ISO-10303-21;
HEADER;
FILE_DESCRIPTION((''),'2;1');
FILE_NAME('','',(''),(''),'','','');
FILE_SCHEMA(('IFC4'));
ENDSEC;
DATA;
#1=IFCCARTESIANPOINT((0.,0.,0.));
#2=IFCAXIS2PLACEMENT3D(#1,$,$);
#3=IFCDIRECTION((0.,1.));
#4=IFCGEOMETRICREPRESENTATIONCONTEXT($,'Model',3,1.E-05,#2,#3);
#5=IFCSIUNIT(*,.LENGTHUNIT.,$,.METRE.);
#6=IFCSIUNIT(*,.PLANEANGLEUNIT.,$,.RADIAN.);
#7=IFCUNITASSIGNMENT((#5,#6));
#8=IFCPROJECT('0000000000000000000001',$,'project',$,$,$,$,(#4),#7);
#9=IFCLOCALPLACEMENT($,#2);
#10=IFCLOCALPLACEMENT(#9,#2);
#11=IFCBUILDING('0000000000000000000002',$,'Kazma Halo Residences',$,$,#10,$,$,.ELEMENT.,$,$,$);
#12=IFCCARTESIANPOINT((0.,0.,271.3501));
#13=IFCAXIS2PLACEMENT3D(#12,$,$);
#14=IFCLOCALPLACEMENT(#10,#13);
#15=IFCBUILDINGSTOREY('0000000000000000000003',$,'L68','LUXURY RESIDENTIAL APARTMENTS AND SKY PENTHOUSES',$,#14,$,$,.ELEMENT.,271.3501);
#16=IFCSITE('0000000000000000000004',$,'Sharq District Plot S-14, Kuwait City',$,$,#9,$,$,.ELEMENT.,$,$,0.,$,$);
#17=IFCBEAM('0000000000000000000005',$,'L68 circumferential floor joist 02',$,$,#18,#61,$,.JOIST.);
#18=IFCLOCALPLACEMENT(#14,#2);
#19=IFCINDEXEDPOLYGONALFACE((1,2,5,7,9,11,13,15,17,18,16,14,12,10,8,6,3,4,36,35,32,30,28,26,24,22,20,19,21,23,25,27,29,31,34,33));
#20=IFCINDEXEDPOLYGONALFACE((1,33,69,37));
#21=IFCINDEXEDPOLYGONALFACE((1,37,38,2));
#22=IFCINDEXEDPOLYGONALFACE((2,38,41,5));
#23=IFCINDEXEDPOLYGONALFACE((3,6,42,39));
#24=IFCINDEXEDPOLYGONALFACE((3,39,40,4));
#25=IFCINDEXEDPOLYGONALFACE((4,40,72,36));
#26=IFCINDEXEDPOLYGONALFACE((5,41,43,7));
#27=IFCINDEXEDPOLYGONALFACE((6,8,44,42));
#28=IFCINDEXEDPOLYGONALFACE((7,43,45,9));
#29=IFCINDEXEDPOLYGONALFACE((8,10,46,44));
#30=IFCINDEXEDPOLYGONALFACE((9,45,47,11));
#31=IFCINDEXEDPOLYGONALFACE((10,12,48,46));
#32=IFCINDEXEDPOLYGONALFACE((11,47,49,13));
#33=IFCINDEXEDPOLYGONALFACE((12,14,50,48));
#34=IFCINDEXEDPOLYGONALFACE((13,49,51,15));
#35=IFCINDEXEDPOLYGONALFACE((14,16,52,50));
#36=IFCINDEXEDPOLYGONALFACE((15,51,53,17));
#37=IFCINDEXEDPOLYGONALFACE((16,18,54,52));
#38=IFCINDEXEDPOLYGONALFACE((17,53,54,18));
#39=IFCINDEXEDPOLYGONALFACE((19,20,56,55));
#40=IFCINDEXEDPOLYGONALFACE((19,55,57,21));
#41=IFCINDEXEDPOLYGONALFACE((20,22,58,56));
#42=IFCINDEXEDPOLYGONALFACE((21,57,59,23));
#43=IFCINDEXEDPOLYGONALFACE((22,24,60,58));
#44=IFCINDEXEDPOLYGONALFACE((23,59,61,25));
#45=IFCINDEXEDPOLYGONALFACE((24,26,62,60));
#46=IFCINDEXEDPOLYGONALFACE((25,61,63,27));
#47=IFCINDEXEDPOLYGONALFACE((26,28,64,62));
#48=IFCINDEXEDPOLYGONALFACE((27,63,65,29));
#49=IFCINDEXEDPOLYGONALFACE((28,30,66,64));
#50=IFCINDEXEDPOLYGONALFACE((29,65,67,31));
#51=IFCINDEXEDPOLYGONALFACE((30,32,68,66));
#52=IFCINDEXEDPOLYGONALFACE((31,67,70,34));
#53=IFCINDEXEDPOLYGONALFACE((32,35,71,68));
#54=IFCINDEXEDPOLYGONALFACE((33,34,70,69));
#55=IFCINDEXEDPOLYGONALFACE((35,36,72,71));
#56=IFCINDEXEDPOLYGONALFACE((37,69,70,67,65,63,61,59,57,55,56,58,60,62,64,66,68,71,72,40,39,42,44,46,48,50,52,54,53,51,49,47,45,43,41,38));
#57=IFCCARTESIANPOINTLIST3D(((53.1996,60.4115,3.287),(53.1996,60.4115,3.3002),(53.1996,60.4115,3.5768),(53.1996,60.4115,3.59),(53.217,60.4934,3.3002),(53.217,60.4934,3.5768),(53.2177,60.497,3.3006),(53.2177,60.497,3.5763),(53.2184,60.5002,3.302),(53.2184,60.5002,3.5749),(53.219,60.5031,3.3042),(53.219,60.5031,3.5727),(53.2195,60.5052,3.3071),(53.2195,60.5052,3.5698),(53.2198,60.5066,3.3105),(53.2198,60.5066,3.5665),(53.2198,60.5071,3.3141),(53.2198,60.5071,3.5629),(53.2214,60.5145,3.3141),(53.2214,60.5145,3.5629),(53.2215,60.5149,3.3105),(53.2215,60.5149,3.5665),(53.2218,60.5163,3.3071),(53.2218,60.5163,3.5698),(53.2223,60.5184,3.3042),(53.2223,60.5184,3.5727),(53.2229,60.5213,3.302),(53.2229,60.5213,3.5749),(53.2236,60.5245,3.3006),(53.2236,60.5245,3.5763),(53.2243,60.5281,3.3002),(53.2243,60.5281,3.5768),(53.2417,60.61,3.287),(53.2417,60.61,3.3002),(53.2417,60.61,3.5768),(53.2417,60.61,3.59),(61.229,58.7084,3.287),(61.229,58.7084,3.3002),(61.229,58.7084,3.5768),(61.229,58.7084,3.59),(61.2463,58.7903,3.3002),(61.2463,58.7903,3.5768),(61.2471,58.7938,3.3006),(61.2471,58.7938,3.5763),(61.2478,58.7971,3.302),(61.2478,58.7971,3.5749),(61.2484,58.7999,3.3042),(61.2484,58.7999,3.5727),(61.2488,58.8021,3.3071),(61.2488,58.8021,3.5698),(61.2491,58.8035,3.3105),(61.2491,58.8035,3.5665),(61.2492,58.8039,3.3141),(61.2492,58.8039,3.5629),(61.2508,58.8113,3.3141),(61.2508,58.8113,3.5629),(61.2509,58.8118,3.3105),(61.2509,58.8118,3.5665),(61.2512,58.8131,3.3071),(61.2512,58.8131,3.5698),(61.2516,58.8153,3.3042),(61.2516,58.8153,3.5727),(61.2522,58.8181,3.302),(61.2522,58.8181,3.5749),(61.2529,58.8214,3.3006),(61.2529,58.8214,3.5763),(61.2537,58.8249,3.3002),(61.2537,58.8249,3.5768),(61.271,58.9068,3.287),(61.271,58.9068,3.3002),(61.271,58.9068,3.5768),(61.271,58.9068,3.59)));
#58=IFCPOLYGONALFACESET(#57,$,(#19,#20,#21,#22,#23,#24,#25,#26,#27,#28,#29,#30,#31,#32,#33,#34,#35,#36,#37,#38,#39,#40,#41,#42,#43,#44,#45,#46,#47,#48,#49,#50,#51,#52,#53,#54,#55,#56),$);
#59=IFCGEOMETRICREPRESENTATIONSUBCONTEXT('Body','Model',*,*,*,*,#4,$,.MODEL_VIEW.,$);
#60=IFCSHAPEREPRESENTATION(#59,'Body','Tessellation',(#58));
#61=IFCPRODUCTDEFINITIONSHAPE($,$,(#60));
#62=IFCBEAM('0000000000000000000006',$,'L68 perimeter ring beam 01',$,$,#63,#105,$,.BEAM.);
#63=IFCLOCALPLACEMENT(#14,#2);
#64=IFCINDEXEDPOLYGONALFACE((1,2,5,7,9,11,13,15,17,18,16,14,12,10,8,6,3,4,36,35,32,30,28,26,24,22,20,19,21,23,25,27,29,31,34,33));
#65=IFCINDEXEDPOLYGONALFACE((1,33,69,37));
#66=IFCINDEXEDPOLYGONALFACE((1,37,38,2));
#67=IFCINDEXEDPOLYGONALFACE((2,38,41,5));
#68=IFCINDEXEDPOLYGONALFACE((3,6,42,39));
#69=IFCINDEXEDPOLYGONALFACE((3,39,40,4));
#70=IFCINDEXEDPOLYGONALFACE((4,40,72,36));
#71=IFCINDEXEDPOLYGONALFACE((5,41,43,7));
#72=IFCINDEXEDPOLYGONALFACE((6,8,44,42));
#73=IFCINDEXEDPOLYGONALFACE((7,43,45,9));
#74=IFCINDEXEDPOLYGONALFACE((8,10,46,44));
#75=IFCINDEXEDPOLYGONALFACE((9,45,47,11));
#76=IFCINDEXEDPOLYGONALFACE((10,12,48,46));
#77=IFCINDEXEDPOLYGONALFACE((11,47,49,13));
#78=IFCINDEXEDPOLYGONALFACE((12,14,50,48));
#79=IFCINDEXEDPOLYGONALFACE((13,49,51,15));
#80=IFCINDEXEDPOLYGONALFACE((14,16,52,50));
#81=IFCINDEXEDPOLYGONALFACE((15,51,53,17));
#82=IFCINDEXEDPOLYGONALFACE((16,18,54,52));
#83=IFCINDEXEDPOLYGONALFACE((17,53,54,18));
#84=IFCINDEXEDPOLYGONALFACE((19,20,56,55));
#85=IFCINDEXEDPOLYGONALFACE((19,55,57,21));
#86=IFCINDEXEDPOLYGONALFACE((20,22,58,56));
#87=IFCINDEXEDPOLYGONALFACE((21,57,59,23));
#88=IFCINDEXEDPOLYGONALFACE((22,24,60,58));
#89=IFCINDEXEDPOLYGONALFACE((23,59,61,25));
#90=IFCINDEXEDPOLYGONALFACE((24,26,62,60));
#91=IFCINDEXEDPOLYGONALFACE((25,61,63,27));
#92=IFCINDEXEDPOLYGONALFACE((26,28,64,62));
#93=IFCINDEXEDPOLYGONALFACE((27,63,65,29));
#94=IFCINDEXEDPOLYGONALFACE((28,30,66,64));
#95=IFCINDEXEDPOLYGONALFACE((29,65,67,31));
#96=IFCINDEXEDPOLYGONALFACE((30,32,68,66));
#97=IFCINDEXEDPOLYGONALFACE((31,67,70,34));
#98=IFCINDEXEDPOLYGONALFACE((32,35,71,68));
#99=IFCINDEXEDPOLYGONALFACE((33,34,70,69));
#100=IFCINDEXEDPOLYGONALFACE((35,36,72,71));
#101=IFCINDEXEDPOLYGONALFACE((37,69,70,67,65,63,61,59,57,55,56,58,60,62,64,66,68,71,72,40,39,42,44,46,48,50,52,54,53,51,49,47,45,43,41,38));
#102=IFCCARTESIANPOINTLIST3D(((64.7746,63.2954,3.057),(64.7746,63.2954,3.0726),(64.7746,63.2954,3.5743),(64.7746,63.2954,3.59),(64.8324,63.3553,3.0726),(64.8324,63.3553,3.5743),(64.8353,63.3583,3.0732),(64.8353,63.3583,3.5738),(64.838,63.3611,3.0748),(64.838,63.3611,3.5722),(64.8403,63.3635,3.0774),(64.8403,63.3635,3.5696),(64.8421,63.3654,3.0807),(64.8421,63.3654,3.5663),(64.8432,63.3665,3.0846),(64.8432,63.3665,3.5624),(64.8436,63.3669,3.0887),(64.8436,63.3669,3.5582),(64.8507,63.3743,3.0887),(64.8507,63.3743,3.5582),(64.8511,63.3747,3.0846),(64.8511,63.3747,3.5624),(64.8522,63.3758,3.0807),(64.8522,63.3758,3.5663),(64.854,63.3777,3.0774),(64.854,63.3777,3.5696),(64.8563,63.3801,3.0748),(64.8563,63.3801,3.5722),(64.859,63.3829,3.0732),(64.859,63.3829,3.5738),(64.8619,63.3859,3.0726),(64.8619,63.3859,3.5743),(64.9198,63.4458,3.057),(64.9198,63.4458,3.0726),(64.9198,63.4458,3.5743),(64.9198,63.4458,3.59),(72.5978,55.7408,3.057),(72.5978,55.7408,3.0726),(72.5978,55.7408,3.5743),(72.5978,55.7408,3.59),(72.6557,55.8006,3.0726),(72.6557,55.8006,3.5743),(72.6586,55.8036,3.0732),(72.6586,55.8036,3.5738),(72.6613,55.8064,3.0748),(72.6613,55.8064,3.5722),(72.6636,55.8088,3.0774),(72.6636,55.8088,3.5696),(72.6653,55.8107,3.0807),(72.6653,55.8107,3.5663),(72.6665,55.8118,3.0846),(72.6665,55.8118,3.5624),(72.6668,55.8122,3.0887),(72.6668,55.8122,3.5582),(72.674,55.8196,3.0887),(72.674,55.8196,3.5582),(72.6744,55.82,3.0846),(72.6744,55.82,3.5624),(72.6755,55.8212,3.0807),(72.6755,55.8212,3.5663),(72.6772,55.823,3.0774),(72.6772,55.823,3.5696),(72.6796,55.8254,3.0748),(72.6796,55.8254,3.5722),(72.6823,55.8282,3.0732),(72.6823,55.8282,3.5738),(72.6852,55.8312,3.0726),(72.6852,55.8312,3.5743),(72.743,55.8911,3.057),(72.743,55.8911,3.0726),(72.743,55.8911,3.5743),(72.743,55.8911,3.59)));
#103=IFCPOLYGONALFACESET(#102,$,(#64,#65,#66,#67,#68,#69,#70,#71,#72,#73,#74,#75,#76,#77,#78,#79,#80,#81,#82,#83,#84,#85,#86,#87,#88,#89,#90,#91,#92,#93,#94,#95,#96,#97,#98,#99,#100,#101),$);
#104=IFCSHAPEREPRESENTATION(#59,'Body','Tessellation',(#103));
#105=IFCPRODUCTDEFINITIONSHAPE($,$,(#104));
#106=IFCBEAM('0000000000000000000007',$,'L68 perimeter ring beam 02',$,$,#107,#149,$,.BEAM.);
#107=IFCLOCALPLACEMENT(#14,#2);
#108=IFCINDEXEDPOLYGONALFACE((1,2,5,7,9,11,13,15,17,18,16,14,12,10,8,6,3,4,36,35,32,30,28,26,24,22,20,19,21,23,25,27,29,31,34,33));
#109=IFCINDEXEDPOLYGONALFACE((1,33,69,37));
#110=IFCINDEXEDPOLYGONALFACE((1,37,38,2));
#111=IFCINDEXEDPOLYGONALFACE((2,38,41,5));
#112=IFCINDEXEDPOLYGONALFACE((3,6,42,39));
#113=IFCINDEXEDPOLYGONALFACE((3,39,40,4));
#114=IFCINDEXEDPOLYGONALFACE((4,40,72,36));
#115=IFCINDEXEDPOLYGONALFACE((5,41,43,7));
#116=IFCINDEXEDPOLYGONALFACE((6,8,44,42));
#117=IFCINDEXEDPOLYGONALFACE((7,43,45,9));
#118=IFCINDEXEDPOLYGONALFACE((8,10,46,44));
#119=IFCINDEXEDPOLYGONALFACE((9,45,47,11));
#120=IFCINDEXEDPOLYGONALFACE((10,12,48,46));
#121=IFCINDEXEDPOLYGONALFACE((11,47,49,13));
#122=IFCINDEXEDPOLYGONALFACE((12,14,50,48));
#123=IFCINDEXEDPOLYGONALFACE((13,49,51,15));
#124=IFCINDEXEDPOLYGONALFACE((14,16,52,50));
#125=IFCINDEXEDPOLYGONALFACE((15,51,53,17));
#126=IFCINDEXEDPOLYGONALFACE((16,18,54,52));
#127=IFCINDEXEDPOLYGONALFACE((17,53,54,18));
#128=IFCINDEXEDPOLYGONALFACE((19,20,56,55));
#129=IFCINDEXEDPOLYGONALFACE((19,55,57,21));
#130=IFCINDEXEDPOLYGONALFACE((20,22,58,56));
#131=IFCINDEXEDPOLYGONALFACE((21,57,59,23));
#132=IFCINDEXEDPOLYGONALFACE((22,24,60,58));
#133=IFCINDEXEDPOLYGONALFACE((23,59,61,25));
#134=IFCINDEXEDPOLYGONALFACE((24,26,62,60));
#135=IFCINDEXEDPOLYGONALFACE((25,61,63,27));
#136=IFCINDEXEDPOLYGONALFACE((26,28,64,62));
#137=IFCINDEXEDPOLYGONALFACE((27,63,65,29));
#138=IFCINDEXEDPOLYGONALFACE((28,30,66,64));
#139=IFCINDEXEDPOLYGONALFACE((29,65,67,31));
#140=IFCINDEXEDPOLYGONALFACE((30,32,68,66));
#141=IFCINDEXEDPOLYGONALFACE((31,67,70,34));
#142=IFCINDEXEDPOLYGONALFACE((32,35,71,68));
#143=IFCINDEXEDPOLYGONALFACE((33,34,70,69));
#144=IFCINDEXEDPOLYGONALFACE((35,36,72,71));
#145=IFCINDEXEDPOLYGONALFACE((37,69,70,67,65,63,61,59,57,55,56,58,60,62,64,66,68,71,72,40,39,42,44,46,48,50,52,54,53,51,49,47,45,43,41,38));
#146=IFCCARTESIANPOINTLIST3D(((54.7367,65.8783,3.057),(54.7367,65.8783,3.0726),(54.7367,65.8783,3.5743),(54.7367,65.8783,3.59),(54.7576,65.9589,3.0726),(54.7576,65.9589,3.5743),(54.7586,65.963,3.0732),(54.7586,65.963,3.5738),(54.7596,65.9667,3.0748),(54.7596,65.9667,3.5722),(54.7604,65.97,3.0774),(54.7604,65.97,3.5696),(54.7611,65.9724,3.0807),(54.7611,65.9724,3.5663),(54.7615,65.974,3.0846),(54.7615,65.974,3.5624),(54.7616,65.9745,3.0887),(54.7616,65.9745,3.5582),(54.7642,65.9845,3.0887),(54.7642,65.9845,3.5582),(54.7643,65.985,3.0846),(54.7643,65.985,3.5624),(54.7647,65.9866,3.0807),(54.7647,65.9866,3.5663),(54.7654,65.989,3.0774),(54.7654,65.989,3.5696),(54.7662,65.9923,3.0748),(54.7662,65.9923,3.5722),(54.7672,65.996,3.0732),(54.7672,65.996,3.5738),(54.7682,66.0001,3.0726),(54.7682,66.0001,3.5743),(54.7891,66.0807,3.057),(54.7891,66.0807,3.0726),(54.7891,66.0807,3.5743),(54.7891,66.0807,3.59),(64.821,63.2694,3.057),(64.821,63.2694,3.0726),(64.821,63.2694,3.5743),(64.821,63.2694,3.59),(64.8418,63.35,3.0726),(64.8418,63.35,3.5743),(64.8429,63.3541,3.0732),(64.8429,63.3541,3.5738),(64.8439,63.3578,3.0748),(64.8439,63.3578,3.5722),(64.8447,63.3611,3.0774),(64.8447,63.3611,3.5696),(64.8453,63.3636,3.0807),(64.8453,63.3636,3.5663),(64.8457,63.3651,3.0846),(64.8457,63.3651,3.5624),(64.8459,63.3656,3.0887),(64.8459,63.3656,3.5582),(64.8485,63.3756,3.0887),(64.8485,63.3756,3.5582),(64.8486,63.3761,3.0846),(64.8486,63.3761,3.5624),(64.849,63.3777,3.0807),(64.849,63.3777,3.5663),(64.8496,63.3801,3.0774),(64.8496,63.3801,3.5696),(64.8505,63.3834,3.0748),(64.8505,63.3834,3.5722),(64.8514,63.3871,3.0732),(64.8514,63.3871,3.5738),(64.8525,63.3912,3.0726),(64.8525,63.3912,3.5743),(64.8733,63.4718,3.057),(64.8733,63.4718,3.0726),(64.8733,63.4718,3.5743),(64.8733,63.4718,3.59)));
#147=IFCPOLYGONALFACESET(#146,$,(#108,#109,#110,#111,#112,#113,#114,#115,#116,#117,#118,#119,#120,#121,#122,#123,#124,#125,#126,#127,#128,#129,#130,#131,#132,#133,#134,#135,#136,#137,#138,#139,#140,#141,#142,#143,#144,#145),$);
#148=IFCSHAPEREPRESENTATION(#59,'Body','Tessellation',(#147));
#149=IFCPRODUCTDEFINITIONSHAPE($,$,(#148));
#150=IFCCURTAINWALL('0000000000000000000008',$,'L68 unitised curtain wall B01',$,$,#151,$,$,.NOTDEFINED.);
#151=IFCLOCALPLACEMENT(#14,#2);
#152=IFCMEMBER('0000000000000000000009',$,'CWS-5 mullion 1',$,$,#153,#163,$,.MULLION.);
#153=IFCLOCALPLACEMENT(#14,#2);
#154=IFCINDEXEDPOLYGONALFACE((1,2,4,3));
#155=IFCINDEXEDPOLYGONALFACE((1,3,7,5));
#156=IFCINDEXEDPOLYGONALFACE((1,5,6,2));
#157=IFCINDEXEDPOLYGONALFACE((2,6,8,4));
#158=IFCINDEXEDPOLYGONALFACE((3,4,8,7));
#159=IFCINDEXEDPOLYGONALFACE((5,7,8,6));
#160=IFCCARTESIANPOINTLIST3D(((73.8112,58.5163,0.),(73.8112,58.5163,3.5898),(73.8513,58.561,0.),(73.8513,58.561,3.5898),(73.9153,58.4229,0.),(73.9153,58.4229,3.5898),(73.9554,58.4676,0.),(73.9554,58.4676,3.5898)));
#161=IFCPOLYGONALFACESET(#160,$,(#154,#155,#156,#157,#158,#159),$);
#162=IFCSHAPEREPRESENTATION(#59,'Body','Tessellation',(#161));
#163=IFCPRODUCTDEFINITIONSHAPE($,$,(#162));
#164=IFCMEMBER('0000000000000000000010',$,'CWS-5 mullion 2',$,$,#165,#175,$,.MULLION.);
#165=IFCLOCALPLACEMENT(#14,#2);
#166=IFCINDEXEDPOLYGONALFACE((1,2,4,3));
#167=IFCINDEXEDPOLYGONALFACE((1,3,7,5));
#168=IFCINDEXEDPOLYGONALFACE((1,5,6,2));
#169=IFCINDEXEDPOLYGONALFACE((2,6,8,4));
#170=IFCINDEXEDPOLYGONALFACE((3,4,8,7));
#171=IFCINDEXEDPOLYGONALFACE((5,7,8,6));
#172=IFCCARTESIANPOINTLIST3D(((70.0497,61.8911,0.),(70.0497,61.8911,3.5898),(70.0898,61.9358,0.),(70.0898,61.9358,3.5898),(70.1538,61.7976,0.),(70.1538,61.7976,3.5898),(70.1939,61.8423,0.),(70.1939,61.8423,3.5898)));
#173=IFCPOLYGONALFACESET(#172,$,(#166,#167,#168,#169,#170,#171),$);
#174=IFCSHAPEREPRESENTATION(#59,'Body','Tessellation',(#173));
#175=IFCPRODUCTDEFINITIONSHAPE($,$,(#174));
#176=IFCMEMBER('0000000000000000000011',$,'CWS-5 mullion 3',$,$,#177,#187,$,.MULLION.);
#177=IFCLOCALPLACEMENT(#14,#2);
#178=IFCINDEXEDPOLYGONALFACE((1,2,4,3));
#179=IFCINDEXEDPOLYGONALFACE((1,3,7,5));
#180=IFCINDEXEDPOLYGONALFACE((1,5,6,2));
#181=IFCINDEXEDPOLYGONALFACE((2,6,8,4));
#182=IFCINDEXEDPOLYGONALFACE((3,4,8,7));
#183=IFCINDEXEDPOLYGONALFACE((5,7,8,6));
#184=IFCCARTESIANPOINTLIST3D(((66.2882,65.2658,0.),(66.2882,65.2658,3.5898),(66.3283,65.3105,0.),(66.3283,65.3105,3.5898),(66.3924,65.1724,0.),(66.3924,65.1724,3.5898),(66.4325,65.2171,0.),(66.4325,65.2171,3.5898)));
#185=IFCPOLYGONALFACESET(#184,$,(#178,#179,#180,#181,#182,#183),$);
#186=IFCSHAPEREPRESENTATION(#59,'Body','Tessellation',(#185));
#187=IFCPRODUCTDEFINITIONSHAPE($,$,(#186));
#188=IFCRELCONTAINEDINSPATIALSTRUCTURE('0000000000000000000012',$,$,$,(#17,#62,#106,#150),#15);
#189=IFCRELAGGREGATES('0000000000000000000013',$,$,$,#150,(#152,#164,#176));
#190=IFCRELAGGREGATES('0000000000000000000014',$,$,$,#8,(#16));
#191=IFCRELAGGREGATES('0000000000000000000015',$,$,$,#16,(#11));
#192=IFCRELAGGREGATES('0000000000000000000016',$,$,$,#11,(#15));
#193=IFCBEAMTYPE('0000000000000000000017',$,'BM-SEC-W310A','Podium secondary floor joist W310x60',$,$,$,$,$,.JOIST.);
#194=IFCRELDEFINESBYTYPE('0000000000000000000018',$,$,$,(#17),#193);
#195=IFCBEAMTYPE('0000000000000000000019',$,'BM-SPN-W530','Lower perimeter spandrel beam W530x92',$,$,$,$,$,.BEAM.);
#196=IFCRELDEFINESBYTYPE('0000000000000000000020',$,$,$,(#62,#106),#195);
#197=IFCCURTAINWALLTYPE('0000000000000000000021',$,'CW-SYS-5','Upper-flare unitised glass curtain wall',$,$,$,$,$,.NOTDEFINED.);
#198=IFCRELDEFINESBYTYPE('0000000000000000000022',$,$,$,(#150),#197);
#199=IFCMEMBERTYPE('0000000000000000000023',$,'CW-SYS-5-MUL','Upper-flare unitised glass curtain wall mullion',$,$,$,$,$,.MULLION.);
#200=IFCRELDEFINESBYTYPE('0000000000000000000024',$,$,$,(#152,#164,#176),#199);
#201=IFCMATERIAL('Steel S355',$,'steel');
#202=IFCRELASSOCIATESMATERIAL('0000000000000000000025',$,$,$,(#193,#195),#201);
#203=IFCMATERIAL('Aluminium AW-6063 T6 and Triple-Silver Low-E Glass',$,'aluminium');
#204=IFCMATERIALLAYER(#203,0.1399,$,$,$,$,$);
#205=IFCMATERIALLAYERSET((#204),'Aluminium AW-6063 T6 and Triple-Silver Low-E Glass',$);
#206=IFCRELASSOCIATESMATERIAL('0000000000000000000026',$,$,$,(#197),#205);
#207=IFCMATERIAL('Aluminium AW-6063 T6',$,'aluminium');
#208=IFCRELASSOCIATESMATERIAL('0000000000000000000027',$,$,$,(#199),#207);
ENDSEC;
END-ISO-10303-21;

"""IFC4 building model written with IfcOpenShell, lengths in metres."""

from ifc_helpers import new_model, si_unit, direction, frame, origin, origin_2d, place, context, subcontext, project, spatial, rectangle, i_section, extrude, material, layer, layer_set, material_profile, profile_set, type_object, element, aggregate, save


model = new_model("IFC4")

# Units and contexts
model_context = context("Model", 3, precision=1e-05, world=origin(), true_north=direction((0.0, 1.0)))
body_context = subcontext(model_context, "Body", "Model", "MODEL_VIEW")
ifc_project = project(units=[si_unit("LENGTHUNIT", "METRE"), si_unit("PLANEANGLEUNIT", "RADIAN")], contexts=[model_context])

# Site, building, storey
site_placement = place(None, origin())
site = spatial("IfcSite", under=ifc_project, at=site_placement, Name="Sharq District Plot S-14, Kuwait City", CompositionType="ELEMENT", RefElevation=0.0)
building_placement = place(site_placement, origin())
building = spatial("IfcBuilding", under=site, at=building_placement, Name="Kazma Halo Residences", CompositionType="ELEMENT")
storey_placement = place(building_placement, frame((0.0, 0.0, 271.3501)))
storey = spatial("IfcBuildingStorey", under=building, at=storey_placement, Name="L68", Description="LUXURY RESIDENTIAL APARTMENTS AND SKY PENTHOUSES", CompositionType="ELEMENT", Elevation=271.3501)

# Beams
ifc_material_1 = material(Name="Steel S355", Category="steel")
ifc_material_profile_1 = material_profile(ifc_material_1, i_section(OverallWidth=0.2029, OverallDepth=0.303, WebThickness=0.0076, FlangeThickness=0.0132, FilletRadius=0.0139, at=origin_2d()), Name="W310x60")
ifc_profile_set_1 = profile_set([ifc_material_profile_1], Name="Steel S355")
beam_type_1 = type_object("IfcBeamType", Name="BM-SEC-W310A", Description="Podium secondary floor joist W310x60", PredefinedType="JOIST", material=ifc_profile_set_1)
beam_1_placement = place(storey_placement, frame((61.25, 58.8076, 3.4385), z_axis=(-0.978236, 0.207497, 0.0), x_axis=(-0.207497, -0.978236, 0.0)))
element("IfcBeam", 1, at=beam_1_placement, inside=storey, type_object=beam_type_1, Name="L68 circumferential floor joist 02", PredefinedType="JOIST", context=body_context, shape_type="SweptSolid", body=[
    extrude(i_section(OverallWidth=0.2029, OverallDepth=0.303, WebThickness=0.0076, FlangeThickness=0.0132, FilletRadius=0.0139, at=origin_2d()), origin(), (0.0, 0.0, 1.0), 8.208),
])
ifc_material_profile_2 = material_profile(ifc_material_1, i_section(OverallWidth=0.209, OverallDepth=0.533, WebThickness=0.0103, FlangeThickness=0.0156, FilletRadius=0.0161, at=origin_2d()), Name="W530x92")
ifc_profile_set_2 = profile_set([ifc_material_profile_2], Name="Steel S355")
beam_type_2 = type_object("IfcBeamType", Name="BM-SPN-W530", Description="Lower perimeter spandrel beam W530x92", PredefinedType="BEAM", material=ifc_profile_set_2)
beam_2_placement = place(storey_placement, frame((72.6704, 55.8159, 3.3235), z_axis=(-0.719346, 0.694652, 0.0), x_axis=(-0.694652, -0.719346, 0.0)))
element("IfcBeam", 2, at=beam_2_placement, inside=storey, type_object=beam_type_2, Name="L68 perimeter ring beam 01", PredefinedType="BEAM", context=body_context, shape_type="SweptSolid", body=[
    extrude(i_section(OverallWidth=0.209, OverallDepth=0.533, WebThickness=0.0103, FlangeThickness=0.0156, FilletRadius=0.0161, at=origin_2d()), origin(), (0.0, 0.0, 1.0), 10.8755),
])
beam_3_placement = place(storey_placement, frame((64.8472, 63.3706, 3.3235), z_axis=(-0.968126, 0.250464, 0.0), x_axis=(-0.250464, -0.968126, 0.0)))
element("IfcBeam", 3, at=beam_3_placement, inside=storey, type_object=beam_type_2, Name="L68 perimeter ring beam 02", PredefinedType="BEAM", context=body_context, shape_type="SweptSolid", body=[
    extrude(i_section(OverallWidth=0.209, OverallDepth=0.533, WebThickness=0.0103, FlangeThickness=0.0156, FilletRadius=0.0161, at=origin_2d()), origin(), (0.0, 0.0, 1.0), 10.4163),
])

# Curtain wall, members
ifc_material_2 = material(Name="Aluminium AW-6063 T6 and Triple-Silver Low-E Glass", Category="aluminium")
ifc_layer_1 = layer(ifc_material_2, 0.1399)
ifc_layer_set_1 = layer_set([ifc_layer_1], Name="Aluminium AW-6063 T6 and Triple-Silver Low-E Glass")
curtain_wall_type = type_object("IfcCurtainWallType", Name="CW-SYS-5", Description="Upper-flare unitised glass curtain wall", PredefinedType="NOTDEFINED", material=ifc_layer_set_1)
curtain_wall_1_placement = place(storey_placement, origin())
curtain_wall_1 = element("IfcCurtainWall", 4, at=curtain_wall_1_placement, inside=storey, type_object=curtain_wall_type, Name="L68 unitised curtain wall B01", PredefinedType="NOTDEFINED")
ifc_material_3 = material(Name="Aluminium AW-6063 T6", Category="aluminium")
ifc_material_profile_3 = material_profile(ifc_material_3, rectangle(XDim=0.0601, YDim=0.1399, at=origin_2d()), Name="CWM-60x140")
ifc_profile_set_3 = profile_set([ifc_material_profile_3], Name="Aluminium AW-6063 T6")
member_type_1 = type_object("IfcMemberType", Name="CW-SYS-5-MUL", Description="Upper-flare unitised glass curtain wall mullion", PredefinedType="MULLION", material=ifc_profile_set_3)
member_1_placement = place(storey_placement, frame((73.8833, 58.4919, 0.0), z_axis=(0.0, 0.0, 1.0), x_axis=(-0.667805, -0.744336, 0.0)))
member_1 = element("IfcMember", 5, at=member_1_placement, type_object=member_type_1, Name="CWS-5 mullion 1", PredefinedType="MULLION", context=body_context, shape_type="SweptSolid", body=[
    extrude(rectangle(XDim=0.0601, YDim=0.1399, at=origin_2d()), origin(), (0.0, 0.0, 1.0), 3.5898),
])
member_2_placement = place(storey_placement, frame((70.1218, 61.8667, 0.0), z_axis=(0.0, 0.0, 1.0), x_axis=(-0.667805, -0.744336, 0.0)))
member_2 = element("IfcMember", 6, at=member_2_placement, type_object=member_type_1, Name="CWS-5 mullion 2", PredefinedType="MULLION", context=body_context, shape_type="SweptSolid", body=[
    extrude(rectangle(XDim=0.0601, YDim=0.1399, at=origin_2d()), origin(), (0.0, 0.0, 1.0), 3.5898),
])
member_3_placement = place(storey_placement, frame((66.3604, 65.2415, 0.0), z_axis=(0.0, 0.0, 1.0), x_axis=(-0.667805, -0.744336, 0.0)))
member_3 = element("IfcMember", 7, at=member_3_placement, type_object=member_type_1, Name="CWS-5 mullion 3", PredefinedType="MULLION", context=body_context, shape_type="SweptSolid", body=[
    extrude(rectangle(XDim=0.0601, YDim=0.1399, at=origin_2d()), origin(), (0.0, 0.0, 1.0), 3.5898),
])

aggregate(curtain_wall_1, [member_1, member_2, member_3])

save(model, "model.ifc")
